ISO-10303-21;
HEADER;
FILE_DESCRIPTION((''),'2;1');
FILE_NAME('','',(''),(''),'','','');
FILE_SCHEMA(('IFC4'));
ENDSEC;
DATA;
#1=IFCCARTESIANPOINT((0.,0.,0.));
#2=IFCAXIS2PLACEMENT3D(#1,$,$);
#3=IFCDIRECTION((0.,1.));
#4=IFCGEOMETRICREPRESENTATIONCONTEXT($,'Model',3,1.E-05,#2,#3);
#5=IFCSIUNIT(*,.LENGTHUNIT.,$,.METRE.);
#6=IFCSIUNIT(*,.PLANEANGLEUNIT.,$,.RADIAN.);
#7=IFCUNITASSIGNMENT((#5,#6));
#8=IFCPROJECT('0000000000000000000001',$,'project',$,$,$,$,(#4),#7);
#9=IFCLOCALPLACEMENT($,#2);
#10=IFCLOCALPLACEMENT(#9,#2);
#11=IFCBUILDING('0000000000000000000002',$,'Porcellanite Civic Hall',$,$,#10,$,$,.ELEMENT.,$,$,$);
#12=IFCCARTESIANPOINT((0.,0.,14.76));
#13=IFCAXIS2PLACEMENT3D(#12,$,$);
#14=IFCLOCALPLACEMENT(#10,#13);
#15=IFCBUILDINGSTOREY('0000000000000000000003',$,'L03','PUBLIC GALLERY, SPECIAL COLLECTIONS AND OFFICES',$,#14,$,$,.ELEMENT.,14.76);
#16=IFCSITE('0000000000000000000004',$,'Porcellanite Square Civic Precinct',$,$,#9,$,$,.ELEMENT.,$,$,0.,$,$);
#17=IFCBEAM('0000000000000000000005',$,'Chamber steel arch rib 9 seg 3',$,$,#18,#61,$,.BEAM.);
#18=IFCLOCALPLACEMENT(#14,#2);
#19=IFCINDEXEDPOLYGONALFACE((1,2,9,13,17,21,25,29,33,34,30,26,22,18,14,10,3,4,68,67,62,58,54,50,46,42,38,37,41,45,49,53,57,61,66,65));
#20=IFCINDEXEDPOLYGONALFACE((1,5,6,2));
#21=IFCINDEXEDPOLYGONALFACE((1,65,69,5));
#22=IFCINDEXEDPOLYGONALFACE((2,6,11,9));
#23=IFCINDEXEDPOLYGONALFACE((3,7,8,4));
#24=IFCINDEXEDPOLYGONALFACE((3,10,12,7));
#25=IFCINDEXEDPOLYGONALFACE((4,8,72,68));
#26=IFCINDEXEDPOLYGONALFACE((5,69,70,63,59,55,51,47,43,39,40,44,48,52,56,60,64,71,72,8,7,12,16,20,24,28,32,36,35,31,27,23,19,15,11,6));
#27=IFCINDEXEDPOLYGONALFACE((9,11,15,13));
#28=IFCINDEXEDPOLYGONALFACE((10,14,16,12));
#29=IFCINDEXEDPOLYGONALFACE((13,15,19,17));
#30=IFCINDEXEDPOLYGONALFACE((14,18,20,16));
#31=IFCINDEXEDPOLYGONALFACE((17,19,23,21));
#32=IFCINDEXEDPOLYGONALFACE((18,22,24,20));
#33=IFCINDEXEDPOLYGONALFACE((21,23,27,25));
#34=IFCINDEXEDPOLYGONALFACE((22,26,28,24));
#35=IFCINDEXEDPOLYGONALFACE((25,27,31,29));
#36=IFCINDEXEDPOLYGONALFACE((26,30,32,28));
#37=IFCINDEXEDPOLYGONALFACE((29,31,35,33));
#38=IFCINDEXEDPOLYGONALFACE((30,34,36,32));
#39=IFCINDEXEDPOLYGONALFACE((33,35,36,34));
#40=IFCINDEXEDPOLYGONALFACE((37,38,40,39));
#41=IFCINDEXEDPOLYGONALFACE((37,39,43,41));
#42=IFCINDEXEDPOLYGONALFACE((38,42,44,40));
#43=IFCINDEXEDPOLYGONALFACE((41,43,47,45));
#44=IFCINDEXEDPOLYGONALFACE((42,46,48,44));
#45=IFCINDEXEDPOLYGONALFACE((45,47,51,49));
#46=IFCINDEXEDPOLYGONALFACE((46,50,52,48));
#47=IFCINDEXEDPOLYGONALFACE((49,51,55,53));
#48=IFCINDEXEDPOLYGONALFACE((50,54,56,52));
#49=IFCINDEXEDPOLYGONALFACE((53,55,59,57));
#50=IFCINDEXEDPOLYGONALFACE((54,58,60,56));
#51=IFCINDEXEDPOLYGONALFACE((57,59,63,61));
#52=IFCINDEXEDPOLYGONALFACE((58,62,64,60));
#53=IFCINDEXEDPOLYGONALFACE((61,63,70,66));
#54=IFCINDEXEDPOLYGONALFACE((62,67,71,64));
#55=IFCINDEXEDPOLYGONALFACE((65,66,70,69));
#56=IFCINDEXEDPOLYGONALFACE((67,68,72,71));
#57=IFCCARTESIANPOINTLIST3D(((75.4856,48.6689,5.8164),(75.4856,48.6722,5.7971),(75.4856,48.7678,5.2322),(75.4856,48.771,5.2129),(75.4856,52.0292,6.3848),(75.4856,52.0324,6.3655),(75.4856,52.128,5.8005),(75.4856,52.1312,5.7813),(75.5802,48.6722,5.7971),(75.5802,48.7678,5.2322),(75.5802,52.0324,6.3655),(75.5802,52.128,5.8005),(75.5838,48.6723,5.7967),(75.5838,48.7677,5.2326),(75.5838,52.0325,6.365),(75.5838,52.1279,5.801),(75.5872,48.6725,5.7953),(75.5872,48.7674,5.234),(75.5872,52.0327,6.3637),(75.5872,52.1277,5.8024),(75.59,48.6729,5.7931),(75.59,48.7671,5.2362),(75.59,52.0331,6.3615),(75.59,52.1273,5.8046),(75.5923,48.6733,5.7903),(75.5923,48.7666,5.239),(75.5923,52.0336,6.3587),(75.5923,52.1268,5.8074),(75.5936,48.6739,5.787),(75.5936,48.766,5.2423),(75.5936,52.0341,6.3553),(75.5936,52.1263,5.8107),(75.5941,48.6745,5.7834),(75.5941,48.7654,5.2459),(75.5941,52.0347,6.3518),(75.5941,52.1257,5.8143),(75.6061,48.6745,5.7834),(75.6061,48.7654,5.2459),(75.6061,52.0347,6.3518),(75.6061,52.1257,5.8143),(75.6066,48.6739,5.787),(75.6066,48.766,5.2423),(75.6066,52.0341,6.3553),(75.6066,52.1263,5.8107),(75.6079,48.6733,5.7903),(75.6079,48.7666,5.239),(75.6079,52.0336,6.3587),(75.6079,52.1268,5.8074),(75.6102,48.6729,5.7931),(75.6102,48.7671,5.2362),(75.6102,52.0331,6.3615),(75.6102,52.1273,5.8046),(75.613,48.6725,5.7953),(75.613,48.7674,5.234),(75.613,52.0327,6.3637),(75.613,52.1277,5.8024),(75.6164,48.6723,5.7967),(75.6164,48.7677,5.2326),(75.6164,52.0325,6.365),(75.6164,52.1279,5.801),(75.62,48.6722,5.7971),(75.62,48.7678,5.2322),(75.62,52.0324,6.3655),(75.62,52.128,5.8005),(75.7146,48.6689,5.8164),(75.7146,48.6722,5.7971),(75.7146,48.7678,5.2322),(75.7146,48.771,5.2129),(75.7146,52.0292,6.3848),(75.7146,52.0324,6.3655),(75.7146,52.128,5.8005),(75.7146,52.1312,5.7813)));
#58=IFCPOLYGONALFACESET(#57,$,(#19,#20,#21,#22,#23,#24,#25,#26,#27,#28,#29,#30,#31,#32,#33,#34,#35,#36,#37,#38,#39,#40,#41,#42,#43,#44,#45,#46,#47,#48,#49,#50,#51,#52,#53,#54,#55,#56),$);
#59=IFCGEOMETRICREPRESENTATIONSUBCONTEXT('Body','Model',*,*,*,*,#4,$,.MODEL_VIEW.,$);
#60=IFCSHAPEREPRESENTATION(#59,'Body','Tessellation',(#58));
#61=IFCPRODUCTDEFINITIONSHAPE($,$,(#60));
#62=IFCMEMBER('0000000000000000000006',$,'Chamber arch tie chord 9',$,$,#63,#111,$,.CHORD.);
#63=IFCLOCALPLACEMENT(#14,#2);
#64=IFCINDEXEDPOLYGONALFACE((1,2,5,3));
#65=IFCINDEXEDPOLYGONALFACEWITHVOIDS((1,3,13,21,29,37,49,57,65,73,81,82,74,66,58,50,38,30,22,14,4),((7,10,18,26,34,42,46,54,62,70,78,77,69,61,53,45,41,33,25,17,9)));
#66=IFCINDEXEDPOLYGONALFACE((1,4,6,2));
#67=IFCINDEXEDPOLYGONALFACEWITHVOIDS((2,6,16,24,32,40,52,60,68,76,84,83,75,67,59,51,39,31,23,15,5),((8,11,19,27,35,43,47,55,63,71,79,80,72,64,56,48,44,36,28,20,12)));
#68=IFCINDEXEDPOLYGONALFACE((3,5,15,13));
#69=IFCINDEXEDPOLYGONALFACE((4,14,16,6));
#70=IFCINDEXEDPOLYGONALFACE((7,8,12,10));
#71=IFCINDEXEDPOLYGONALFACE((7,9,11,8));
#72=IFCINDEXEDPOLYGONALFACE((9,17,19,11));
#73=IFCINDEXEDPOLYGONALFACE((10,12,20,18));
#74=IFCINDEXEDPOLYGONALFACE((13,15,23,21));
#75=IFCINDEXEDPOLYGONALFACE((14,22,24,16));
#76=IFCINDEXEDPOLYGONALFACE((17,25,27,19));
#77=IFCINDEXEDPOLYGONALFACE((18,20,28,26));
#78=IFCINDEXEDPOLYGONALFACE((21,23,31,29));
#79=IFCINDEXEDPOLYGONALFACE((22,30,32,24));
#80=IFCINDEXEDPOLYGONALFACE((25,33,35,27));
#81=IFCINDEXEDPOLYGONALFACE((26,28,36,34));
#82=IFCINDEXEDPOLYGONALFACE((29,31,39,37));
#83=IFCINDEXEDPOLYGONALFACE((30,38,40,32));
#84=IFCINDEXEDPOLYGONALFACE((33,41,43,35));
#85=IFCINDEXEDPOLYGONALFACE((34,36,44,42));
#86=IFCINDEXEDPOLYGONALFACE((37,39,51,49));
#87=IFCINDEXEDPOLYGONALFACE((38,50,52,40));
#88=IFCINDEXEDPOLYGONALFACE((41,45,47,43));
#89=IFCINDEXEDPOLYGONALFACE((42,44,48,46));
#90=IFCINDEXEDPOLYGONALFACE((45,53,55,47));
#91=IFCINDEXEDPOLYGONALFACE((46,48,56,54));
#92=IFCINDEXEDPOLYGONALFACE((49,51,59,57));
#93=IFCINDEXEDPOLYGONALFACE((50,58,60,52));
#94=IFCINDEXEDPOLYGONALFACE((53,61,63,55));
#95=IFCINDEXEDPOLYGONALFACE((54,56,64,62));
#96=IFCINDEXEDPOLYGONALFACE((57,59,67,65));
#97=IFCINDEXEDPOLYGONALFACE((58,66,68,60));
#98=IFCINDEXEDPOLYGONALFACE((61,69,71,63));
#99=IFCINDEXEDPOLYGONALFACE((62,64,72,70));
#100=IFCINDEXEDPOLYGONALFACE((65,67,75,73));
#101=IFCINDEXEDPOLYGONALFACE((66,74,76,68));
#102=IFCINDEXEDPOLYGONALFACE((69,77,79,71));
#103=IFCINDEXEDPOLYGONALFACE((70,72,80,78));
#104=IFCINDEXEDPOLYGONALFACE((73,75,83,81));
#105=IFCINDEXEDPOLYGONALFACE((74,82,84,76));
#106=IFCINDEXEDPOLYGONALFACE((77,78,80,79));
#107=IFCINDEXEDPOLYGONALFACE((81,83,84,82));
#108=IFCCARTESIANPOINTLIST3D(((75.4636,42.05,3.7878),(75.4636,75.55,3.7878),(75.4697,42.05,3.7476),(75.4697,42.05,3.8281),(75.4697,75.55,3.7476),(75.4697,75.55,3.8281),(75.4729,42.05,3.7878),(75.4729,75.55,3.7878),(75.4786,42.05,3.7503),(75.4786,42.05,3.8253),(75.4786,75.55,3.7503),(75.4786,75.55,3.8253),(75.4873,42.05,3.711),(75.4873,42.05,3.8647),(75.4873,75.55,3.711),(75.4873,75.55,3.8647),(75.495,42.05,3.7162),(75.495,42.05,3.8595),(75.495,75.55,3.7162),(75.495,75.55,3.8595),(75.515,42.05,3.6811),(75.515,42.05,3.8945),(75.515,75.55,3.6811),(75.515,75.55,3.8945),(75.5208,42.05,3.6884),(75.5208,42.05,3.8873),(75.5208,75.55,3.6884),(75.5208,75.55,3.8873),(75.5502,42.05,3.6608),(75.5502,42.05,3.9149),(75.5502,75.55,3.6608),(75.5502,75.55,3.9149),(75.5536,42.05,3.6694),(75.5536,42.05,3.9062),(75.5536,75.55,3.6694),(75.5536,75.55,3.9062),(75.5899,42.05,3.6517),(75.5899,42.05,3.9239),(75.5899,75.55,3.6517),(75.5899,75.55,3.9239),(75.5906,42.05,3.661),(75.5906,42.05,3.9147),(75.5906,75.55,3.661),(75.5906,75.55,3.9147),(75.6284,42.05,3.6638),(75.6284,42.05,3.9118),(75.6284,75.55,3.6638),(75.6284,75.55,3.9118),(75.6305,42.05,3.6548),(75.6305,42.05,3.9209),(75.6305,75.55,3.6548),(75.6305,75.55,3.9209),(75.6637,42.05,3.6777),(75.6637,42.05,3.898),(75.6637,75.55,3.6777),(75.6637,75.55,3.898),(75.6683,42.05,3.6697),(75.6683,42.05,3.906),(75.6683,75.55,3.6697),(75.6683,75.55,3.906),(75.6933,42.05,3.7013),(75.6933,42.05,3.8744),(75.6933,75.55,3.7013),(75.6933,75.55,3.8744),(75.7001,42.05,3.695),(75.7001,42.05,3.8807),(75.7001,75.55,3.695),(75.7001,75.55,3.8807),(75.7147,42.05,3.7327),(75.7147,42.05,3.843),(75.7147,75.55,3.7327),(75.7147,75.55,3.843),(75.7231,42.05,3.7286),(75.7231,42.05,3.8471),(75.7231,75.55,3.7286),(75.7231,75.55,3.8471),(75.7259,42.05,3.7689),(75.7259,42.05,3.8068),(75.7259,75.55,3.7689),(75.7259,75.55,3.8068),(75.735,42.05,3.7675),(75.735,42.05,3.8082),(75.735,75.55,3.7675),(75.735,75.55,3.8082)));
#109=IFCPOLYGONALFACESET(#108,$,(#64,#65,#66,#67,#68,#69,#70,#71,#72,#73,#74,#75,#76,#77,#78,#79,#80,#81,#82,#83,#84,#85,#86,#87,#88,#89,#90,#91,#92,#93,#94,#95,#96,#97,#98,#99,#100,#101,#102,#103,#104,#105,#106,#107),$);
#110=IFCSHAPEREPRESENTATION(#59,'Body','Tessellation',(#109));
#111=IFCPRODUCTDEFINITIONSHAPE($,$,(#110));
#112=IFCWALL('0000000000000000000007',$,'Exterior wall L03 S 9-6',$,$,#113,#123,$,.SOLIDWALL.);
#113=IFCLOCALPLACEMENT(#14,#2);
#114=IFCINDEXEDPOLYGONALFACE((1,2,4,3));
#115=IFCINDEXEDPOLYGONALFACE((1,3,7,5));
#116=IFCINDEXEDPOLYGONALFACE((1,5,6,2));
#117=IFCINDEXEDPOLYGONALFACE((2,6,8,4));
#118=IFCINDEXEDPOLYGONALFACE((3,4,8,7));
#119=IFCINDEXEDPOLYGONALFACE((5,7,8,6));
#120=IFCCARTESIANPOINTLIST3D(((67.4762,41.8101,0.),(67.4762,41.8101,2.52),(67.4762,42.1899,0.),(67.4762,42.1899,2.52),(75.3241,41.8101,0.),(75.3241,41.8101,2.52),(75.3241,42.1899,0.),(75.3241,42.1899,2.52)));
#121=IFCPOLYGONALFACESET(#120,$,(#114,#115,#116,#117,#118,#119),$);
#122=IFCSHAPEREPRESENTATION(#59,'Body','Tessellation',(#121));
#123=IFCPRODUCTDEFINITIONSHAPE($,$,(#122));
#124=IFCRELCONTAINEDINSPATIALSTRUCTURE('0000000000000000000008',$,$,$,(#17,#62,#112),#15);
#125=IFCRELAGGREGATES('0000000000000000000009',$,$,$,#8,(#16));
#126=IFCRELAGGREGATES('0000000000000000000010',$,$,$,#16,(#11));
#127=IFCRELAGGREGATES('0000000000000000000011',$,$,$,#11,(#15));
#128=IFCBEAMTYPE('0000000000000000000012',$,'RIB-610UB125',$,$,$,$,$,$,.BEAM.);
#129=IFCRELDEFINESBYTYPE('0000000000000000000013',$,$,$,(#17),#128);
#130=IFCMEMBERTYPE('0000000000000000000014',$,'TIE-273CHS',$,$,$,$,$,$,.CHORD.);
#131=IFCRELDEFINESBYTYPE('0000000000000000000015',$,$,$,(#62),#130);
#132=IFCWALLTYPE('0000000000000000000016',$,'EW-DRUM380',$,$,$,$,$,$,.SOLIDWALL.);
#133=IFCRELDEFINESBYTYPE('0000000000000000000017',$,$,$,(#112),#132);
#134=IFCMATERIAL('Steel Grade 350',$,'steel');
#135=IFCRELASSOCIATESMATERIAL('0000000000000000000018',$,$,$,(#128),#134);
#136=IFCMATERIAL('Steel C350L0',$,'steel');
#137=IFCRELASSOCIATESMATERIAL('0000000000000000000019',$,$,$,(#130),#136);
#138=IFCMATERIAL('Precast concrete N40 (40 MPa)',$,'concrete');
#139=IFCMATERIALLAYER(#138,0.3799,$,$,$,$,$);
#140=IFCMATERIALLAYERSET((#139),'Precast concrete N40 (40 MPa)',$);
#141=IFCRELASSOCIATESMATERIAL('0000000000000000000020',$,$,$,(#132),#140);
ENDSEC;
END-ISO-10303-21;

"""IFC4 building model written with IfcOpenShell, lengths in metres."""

from ifc_helpers import new_model, si_unit, direction, frame, frame_2d, origin, origin_2d, place, context, subcontext, project, spatial, rectangle, hollow_circle, i_section, extrude, material, layer, layer_set, material_profile, profile_set, type_object, element, save


model = new_model("IFC4")

# Units and contexts
model_context = context("Model", 3, precision=1e-05, world=origin(), true_north=direction((0.0, 1.0)))
body_context = subcontext(model_context, "Body", "Model", "MODEL_VIEW")
ifc_project = project(units=[si_unit("LENGTHUNIT", "METRE"), si_unit("PLANEANGLEUNIT", "RADIAN")], contexts=[model_context])

# Site, building, storey
site_placement = place(None, origin())
site = spatial("IfcSite", under=ifc_project, at=site_placement, Name="Porcellanite Square Civic Precinct", CompositionType="ELEMENT", RefElevation=0.0)
building_placement = place(site_placement, origin())
building = spatial("IfcBuilding", under=site, at=building_placement, Name="Porcellanite Civic Hall", CompositionType="ELEMENT")
storey_placement = place(building_placement, frame((0.0, 0.0, 14.76)))
storey = spatial("IfcBuildingStorey", under=building, at=storey_placement, Name="L03", Description="PUBLIC GALLERY, SPECIAL COLLECTIONS AND OFFICES", CompositionType="ELEMENT", Elevation=14.76)

# Beam
ifc_material_1 = material(Name="Steel Grade 350", Category="steel")
ifc_material_profile_1 = material_profile(ifc_material_1, i_section(OverallWidth=0.229, OverallDepth=0.6121, WebThickness=0.012, FlangeThickness=0.0195, FilletRadius=0.0139, at=origin_2d()), Name="610UB125")
ifc_profile_set_1 = profile_set([ifc_material_profile_1], Name="Steel Grade 350")
beam_type_1 = type_object("IfcBeamType", Name="RIB-610UB125", PredefinedType="BEAM", material=ifc_profile_set_1)
beam_1_placement = place(storey_placement, frame((75.6001, 48.72, 5.5146), z_axis=(0.0, 0.985994, 0.16678), x_axis=(-1.0, 0.0, 0.0)))
element("IfcBeam", 1, at=beam_1_placement, inside=storey, type_object=beam_type_1, Name="Chamber steel arch rib 9 seg 3", PredefinedType="BEAM", context=body_context, shape_type="SweptSolid", body=[
    extrude(i_section(OverallWidth=0.229, OverallDepth=0.6121, WebThickness=0.012, FlangeThickness=0.0195, FilletRadius=0.0139, at=origin_2d()), origin(), (0.0, 0.0, 1.0), 3.408),
])

# Member
ifc_material_2 = material(Name="Steel C350L0", Category="steel")
ifc_material_profile_2 = material_profile(ifc_material_2, hollow_circle(Radius=0.1365, WallThickness=0.0093, at=origin_2d()), Name="273.1x9.3CHS")
ifc_profile_set_2 = profile_set([ifc_material_profile_2], Name="Steel C350L0")
member_type_1 = type_object("IfcMemberType", Name="TIE-273CHS", PredefinedType="CHORD", material=ifc_profile_set_2)
member_1_placement = place(storey_placement, frame((75.6001, 42.05, 3.7878), z_axis=(0.0, 1.0, 0.0), x_axis=(-1.0, 0.0, 0.0)))
element("IfcMember", 2, at=member_1_placement, inside=storey, type_object=member_type_1, Name="Chamber arch tie chord 9", PredefinedType="CHORD", context=body_context, shape_type="SweptSolid", body=[
    extrude(hollow_circle(Radius=0.1365, WallThickness=0.0093, at=origin_2d()), origin(), (0.0, 0.0, 1.0), 33.5),
])

# Wall
ifc_material_3 = material(Name="Precast concrete N40 (40 MPa)", Category="concrete")
ifc_layer = layer(ifc_material_3, 0.3799)
ifc_layer_set = layer_set([ifc_layer], Name="Precast concrete N40 (40 MPa)")
wall_type = type_object("IfcWallType", Name="EW-DRUM380", PredefinedType="SOLIDWALL", material=ifc_layer_set)
wall_placement = place(storey_placement, frame((75.324, 42.0, 0.0), z_axis=(0.0, 0.0, 1.0), x_axis=(-1.0, 0.0, 0.0)))
element("IfcWall", 3, at=wall_placement, inside=storey, type_object=wall_type, Name="Exterior wall L03 S 9-6", PredefinedType="SOLIDWALL", context=body_context, shape_type="SweptSolid", body=[
    extrude(rectangle(XDim=7.8479, YDim=0.3799, at=frame_2d((3.9238, 0.0))), origin(), (0.0, 0.0, 1.0), 2.52),
])

save(model, "model.ifc")
